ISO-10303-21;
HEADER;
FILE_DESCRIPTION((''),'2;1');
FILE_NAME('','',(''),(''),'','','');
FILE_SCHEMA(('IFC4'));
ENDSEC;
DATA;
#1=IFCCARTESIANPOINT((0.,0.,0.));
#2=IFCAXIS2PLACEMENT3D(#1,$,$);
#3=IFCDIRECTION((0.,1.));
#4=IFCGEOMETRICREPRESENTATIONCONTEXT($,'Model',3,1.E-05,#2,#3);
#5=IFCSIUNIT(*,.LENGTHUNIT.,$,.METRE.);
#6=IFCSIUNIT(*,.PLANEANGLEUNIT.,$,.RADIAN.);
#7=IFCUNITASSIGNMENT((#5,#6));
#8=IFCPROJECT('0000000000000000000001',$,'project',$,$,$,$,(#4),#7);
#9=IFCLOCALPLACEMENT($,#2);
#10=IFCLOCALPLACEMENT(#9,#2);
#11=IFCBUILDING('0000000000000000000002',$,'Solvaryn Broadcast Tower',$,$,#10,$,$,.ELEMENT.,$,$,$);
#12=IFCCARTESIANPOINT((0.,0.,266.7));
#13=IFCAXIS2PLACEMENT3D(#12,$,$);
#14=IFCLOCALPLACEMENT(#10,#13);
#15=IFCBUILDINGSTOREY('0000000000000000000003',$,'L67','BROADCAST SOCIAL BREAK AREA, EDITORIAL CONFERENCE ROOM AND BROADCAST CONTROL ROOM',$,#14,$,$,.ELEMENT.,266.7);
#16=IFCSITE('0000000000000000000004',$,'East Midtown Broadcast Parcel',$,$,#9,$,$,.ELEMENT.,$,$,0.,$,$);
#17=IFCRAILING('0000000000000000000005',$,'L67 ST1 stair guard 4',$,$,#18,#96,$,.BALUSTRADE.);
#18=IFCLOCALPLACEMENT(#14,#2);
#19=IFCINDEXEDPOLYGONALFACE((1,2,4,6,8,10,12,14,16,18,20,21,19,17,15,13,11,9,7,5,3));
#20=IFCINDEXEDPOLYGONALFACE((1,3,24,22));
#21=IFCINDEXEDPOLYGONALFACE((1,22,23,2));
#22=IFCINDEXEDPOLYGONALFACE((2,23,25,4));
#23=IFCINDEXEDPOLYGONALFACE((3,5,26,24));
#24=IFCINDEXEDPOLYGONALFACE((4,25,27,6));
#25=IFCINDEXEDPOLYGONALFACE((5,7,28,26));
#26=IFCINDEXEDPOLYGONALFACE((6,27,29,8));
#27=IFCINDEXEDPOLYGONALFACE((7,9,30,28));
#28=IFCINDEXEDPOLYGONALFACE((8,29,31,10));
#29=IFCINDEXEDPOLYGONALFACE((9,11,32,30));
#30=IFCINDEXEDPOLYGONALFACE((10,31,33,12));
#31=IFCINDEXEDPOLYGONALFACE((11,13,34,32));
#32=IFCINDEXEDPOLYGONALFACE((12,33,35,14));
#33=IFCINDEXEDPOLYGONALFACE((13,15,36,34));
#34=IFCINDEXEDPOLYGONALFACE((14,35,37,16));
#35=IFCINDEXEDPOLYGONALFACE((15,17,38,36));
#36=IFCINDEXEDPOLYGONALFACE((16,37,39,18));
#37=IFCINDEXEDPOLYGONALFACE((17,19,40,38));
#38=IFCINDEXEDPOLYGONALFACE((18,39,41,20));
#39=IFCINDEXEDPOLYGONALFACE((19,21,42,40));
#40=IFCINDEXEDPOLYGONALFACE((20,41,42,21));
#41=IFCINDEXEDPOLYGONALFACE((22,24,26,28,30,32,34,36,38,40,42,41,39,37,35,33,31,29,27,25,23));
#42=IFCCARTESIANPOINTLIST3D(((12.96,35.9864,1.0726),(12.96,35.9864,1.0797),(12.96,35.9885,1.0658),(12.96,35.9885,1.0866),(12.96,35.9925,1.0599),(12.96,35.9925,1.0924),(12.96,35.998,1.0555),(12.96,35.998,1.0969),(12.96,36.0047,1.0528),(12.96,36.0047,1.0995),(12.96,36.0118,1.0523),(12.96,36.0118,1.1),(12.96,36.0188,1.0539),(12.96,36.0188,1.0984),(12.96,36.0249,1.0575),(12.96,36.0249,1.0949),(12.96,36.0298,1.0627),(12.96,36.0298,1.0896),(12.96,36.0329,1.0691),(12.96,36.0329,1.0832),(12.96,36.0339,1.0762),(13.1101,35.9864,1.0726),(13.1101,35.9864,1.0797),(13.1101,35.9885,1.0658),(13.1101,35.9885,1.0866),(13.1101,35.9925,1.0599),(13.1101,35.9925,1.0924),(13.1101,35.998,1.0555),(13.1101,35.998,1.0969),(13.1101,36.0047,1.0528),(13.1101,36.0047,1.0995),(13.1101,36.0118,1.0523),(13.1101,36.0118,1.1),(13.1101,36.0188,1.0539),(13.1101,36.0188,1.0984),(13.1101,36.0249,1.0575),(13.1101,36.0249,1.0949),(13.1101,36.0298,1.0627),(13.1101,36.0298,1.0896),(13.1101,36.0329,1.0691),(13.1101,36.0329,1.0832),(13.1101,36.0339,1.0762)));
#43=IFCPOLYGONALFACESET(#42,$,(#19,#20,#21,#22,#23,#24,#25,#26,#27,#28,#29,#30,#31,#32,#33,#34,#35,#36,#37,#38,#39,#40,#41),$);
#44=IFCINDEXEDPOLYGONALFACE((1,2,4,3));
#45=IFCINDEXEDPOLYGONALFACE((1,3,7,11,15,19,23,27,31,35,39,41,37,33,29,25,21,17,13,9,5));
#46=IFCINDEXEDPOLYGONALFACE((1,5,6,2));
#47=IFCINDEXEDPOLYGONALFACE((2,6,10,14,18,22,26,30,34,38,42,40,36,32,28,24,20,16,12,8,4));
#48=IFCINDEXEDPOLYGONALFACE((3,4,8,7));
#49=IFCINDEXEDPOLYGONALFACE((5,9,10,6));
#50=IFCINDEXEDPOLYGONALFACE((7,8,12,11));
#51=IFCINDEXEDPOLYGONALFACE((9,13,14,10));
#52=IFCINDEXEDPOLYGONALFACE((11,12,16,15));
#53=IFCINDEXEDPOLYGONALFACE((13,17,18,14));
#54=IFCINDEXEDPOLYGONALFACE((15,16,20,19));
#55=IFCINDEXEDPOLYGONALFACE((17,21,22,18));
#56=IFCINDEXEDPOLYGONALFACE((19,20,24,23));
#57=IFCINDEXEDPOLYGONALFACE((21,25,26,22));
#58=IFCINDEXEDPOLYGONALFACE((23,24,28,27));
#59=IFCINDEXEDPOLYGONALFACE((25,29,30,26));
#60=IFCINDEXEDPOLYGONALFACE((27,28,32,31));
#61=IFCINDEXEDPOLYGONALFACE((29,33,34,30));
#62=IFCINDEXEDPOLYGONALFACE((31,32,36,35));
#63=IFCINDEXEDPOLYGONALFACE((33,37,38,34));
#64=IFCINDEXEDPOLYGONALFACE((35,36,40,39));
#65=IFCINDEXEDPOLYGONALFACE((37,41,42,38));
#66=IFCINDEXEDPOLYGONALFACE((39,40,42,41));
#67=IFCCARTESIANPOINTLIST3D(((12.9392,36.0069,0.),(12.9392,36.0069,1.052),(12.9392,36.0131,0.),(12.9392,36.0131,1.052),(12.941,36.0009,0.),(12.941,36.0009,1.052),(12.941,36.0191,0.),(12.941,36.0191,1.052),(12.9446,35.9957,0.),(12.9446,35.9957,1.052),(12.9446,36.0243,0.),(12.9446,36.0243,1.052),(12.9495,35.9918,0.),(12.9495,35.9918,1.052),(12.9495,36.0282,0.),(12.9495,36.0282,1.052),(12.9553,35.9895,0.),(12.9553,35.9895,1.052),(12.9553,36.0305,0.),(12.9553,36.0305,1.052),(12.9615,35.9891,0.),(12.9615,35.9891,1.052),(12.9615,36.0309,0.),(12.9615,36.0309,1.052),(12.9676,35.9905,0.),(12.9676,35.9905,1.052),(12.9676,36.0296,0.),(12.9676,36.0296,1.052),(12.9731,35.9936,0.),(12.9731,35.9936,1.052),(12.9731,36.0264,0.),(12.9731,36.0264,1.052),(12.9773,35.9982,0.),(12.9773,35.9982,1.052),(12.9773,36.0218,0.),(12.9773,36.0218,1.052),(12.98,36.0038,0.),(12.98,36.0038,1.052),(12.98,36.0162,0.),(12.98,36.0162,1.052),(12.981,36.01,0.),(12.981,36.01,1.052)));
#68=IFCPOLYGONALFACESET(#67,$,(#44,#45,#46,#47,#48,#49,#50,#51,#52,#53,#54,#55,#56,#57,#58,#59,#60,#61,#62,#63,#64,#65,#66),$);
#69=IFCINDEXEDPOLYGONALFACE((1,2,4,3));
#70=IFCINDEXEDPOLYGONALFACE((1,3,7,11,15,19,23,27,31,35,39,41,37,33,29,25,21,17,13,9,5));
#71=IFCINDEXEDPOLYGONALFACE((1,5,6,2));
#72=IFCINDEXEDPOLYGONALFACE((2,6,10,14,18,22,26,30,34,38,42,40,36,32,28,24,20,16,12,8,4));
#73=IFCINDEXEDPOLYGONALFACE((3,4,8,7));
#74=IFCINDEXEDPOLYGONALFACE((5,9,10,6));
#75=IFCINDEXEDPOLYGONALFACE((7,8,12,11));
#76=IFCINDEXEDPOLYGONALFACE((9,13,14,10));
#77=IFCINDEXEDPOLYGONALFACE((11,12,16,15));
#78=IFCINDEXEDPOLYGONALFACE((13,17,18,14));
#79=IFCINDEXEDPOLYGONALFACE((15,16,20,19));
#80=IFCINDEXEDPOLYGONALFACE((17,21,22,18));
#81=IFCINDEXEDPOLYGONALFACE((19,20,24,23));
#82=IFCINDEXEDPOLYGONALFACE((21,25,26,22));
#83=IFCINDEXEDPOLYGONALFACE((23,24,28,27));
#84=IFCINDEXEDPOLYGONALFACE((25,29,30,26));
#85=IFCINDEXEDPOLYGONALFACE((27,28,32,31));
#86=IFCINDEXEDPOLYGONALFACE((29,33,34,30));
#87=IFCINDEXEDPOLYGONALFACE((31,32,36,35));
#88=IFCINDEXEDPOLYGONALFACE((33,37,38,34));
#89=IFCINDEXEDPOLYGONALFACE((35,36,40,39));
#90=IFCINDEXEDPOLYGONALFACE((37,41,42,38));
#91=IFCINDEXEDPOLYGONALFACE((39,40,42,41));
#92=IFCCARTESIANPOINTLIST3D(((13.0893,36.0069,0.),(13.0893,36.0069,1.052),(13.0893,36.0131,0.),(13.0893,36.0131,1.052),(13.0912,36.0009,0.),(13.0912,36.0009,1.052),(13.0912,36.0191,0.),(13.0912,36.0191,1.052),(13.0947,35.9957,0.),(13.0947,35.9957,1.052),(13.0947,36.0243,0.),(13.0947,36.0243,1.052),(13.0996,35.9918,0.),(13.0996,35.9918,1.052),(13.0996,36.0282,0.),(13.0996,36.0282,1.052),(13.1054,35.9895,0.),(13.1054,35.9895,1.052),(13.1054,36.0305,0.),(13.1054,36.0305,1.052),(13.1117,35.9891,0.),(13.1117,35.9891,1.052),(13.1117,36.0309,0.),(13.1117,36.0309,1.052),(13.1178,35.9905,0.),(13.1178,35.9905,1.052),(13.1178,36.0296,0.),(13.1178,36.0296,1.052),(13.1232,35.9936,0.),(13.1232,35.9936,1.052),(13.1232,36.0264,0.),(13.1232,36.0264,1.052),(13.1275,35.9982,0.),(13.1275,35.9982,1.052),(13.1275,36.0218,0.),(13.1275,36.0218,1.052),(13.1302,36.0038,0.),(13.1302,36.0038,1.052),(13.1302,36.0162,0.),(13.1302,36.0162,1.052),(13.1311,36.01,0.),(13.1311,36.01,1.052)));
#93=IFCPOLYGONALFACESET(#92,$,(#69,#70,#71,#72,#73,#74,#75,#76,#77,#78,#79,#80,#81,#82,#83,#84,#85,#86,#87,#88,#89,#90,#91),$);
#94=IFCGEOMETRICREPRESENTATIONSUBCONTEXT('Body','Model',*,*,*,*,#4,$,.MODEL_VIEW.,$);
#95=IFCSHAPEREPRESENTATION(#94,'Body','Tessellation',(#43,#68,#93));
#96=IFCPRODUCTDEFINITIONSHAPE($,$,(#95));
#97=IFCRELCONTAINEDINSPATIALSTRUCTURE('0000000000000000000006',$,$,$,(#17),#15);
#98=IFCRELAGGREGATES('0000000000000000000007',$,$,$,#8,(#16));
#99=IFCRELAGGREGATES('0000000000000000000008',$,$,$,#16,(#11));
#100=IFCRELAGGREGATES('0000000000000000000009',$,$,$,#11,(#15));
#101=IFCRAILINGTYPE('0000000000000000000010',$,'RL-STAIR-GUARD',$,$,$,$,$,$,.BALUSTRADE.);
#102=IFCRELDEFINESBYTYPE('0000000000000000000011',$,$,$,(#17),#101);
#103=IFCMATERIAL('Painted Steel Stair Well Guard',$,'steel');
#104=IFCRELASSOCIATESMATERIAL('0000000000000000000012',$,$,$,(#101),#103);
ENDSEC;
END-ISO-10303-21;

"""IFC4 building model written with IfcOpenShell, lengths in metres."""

from ifc_helpers import new_model, si_unit, direction, frame, origin, origin_2d, place, context, subcontext, project, spatial, circle, extrude, material, type_object, element, save


model = new_model("IFC4")

# Units and contexts
model_context = context("Model", 3, precision=1e-05, world=origin(), true_north=direction((0.0, 1.0)))
body_context = subcontext(model_context, "Body", "Model", "MODEL_VIEW")
ifc_project = project(units=[si_unit("LENGTHUNIT", "METRE"), si_unit("PLANEANGLEUNIT", "RADIAN")], contexts=[model_context])

# Site, building, storey
site_placement = place(None, origin())
site = spatial("IfcSite", under=ifc_project, at=site_placement, Name="East Midtown Broadcast Parcel", CompositionType="ELEMENT", RefElevation=0.0)
building_placement = place(site_placement, origin())
building = spatial("IfcBuilding", under=site, at=building_placement, Name="Solvaryn Broadcast Tower", CompositionType="ELEMENT")
storey_placement = place(building_placement, frame((0.0, 0.0, 266.7)))
storey = spatial("IfcBuildingStorey", under=building, at=storey_placement, Name="L67", Description="BROADCAST SOCIAL BREAK AREA, EDITORIAL CONFERENCE ROOM AND BROADCAST CONTROL ROOM", CompositionType="ELEMENT", Elevation=266.7)

# Railing
ifc_material_1 = material(Name="Painted Steel Stair Well Guard", Category="steel")
railing_type_1 = type_object("IfcRailingType", Name="RL-STAIR-GUARD", PredefinedType="BALUSTRADE", material=ifc_material_1)
railing_1_placement = place(storey_placement, frame((12.96, 36.01, 0.0)))
element("IfcRailing", 1, at=railing_1_placement, inside=storey, type_object=railing_type_1, Name="L67 ST1 stair guard 4", PredefinedType="BALUSTRADE", context=body_context, shape_type="SweptSolid", body=[
    extrude(circle(Radius=0.0239, at=origin_2d()), frame((0.0, 0.0, 1.0762), z_axis=(1.0, 0.0, 0.0), x_axis=(0.0, 1.0, 0.0)), (0.0, 0.0, 1.0), 0.1501),
    extrude(circle(Radius=0.021, at=origin_2d()), origin(), (0.0, 0.0, 1.0), 1.052),
    extrude(circle(Radius=0.021, at=origin_2d()), frame((0.1501, 0.0, 0.0)), (0.0, 0.0, 1.0), 1.052),
])

save(model, "model.ifc")
